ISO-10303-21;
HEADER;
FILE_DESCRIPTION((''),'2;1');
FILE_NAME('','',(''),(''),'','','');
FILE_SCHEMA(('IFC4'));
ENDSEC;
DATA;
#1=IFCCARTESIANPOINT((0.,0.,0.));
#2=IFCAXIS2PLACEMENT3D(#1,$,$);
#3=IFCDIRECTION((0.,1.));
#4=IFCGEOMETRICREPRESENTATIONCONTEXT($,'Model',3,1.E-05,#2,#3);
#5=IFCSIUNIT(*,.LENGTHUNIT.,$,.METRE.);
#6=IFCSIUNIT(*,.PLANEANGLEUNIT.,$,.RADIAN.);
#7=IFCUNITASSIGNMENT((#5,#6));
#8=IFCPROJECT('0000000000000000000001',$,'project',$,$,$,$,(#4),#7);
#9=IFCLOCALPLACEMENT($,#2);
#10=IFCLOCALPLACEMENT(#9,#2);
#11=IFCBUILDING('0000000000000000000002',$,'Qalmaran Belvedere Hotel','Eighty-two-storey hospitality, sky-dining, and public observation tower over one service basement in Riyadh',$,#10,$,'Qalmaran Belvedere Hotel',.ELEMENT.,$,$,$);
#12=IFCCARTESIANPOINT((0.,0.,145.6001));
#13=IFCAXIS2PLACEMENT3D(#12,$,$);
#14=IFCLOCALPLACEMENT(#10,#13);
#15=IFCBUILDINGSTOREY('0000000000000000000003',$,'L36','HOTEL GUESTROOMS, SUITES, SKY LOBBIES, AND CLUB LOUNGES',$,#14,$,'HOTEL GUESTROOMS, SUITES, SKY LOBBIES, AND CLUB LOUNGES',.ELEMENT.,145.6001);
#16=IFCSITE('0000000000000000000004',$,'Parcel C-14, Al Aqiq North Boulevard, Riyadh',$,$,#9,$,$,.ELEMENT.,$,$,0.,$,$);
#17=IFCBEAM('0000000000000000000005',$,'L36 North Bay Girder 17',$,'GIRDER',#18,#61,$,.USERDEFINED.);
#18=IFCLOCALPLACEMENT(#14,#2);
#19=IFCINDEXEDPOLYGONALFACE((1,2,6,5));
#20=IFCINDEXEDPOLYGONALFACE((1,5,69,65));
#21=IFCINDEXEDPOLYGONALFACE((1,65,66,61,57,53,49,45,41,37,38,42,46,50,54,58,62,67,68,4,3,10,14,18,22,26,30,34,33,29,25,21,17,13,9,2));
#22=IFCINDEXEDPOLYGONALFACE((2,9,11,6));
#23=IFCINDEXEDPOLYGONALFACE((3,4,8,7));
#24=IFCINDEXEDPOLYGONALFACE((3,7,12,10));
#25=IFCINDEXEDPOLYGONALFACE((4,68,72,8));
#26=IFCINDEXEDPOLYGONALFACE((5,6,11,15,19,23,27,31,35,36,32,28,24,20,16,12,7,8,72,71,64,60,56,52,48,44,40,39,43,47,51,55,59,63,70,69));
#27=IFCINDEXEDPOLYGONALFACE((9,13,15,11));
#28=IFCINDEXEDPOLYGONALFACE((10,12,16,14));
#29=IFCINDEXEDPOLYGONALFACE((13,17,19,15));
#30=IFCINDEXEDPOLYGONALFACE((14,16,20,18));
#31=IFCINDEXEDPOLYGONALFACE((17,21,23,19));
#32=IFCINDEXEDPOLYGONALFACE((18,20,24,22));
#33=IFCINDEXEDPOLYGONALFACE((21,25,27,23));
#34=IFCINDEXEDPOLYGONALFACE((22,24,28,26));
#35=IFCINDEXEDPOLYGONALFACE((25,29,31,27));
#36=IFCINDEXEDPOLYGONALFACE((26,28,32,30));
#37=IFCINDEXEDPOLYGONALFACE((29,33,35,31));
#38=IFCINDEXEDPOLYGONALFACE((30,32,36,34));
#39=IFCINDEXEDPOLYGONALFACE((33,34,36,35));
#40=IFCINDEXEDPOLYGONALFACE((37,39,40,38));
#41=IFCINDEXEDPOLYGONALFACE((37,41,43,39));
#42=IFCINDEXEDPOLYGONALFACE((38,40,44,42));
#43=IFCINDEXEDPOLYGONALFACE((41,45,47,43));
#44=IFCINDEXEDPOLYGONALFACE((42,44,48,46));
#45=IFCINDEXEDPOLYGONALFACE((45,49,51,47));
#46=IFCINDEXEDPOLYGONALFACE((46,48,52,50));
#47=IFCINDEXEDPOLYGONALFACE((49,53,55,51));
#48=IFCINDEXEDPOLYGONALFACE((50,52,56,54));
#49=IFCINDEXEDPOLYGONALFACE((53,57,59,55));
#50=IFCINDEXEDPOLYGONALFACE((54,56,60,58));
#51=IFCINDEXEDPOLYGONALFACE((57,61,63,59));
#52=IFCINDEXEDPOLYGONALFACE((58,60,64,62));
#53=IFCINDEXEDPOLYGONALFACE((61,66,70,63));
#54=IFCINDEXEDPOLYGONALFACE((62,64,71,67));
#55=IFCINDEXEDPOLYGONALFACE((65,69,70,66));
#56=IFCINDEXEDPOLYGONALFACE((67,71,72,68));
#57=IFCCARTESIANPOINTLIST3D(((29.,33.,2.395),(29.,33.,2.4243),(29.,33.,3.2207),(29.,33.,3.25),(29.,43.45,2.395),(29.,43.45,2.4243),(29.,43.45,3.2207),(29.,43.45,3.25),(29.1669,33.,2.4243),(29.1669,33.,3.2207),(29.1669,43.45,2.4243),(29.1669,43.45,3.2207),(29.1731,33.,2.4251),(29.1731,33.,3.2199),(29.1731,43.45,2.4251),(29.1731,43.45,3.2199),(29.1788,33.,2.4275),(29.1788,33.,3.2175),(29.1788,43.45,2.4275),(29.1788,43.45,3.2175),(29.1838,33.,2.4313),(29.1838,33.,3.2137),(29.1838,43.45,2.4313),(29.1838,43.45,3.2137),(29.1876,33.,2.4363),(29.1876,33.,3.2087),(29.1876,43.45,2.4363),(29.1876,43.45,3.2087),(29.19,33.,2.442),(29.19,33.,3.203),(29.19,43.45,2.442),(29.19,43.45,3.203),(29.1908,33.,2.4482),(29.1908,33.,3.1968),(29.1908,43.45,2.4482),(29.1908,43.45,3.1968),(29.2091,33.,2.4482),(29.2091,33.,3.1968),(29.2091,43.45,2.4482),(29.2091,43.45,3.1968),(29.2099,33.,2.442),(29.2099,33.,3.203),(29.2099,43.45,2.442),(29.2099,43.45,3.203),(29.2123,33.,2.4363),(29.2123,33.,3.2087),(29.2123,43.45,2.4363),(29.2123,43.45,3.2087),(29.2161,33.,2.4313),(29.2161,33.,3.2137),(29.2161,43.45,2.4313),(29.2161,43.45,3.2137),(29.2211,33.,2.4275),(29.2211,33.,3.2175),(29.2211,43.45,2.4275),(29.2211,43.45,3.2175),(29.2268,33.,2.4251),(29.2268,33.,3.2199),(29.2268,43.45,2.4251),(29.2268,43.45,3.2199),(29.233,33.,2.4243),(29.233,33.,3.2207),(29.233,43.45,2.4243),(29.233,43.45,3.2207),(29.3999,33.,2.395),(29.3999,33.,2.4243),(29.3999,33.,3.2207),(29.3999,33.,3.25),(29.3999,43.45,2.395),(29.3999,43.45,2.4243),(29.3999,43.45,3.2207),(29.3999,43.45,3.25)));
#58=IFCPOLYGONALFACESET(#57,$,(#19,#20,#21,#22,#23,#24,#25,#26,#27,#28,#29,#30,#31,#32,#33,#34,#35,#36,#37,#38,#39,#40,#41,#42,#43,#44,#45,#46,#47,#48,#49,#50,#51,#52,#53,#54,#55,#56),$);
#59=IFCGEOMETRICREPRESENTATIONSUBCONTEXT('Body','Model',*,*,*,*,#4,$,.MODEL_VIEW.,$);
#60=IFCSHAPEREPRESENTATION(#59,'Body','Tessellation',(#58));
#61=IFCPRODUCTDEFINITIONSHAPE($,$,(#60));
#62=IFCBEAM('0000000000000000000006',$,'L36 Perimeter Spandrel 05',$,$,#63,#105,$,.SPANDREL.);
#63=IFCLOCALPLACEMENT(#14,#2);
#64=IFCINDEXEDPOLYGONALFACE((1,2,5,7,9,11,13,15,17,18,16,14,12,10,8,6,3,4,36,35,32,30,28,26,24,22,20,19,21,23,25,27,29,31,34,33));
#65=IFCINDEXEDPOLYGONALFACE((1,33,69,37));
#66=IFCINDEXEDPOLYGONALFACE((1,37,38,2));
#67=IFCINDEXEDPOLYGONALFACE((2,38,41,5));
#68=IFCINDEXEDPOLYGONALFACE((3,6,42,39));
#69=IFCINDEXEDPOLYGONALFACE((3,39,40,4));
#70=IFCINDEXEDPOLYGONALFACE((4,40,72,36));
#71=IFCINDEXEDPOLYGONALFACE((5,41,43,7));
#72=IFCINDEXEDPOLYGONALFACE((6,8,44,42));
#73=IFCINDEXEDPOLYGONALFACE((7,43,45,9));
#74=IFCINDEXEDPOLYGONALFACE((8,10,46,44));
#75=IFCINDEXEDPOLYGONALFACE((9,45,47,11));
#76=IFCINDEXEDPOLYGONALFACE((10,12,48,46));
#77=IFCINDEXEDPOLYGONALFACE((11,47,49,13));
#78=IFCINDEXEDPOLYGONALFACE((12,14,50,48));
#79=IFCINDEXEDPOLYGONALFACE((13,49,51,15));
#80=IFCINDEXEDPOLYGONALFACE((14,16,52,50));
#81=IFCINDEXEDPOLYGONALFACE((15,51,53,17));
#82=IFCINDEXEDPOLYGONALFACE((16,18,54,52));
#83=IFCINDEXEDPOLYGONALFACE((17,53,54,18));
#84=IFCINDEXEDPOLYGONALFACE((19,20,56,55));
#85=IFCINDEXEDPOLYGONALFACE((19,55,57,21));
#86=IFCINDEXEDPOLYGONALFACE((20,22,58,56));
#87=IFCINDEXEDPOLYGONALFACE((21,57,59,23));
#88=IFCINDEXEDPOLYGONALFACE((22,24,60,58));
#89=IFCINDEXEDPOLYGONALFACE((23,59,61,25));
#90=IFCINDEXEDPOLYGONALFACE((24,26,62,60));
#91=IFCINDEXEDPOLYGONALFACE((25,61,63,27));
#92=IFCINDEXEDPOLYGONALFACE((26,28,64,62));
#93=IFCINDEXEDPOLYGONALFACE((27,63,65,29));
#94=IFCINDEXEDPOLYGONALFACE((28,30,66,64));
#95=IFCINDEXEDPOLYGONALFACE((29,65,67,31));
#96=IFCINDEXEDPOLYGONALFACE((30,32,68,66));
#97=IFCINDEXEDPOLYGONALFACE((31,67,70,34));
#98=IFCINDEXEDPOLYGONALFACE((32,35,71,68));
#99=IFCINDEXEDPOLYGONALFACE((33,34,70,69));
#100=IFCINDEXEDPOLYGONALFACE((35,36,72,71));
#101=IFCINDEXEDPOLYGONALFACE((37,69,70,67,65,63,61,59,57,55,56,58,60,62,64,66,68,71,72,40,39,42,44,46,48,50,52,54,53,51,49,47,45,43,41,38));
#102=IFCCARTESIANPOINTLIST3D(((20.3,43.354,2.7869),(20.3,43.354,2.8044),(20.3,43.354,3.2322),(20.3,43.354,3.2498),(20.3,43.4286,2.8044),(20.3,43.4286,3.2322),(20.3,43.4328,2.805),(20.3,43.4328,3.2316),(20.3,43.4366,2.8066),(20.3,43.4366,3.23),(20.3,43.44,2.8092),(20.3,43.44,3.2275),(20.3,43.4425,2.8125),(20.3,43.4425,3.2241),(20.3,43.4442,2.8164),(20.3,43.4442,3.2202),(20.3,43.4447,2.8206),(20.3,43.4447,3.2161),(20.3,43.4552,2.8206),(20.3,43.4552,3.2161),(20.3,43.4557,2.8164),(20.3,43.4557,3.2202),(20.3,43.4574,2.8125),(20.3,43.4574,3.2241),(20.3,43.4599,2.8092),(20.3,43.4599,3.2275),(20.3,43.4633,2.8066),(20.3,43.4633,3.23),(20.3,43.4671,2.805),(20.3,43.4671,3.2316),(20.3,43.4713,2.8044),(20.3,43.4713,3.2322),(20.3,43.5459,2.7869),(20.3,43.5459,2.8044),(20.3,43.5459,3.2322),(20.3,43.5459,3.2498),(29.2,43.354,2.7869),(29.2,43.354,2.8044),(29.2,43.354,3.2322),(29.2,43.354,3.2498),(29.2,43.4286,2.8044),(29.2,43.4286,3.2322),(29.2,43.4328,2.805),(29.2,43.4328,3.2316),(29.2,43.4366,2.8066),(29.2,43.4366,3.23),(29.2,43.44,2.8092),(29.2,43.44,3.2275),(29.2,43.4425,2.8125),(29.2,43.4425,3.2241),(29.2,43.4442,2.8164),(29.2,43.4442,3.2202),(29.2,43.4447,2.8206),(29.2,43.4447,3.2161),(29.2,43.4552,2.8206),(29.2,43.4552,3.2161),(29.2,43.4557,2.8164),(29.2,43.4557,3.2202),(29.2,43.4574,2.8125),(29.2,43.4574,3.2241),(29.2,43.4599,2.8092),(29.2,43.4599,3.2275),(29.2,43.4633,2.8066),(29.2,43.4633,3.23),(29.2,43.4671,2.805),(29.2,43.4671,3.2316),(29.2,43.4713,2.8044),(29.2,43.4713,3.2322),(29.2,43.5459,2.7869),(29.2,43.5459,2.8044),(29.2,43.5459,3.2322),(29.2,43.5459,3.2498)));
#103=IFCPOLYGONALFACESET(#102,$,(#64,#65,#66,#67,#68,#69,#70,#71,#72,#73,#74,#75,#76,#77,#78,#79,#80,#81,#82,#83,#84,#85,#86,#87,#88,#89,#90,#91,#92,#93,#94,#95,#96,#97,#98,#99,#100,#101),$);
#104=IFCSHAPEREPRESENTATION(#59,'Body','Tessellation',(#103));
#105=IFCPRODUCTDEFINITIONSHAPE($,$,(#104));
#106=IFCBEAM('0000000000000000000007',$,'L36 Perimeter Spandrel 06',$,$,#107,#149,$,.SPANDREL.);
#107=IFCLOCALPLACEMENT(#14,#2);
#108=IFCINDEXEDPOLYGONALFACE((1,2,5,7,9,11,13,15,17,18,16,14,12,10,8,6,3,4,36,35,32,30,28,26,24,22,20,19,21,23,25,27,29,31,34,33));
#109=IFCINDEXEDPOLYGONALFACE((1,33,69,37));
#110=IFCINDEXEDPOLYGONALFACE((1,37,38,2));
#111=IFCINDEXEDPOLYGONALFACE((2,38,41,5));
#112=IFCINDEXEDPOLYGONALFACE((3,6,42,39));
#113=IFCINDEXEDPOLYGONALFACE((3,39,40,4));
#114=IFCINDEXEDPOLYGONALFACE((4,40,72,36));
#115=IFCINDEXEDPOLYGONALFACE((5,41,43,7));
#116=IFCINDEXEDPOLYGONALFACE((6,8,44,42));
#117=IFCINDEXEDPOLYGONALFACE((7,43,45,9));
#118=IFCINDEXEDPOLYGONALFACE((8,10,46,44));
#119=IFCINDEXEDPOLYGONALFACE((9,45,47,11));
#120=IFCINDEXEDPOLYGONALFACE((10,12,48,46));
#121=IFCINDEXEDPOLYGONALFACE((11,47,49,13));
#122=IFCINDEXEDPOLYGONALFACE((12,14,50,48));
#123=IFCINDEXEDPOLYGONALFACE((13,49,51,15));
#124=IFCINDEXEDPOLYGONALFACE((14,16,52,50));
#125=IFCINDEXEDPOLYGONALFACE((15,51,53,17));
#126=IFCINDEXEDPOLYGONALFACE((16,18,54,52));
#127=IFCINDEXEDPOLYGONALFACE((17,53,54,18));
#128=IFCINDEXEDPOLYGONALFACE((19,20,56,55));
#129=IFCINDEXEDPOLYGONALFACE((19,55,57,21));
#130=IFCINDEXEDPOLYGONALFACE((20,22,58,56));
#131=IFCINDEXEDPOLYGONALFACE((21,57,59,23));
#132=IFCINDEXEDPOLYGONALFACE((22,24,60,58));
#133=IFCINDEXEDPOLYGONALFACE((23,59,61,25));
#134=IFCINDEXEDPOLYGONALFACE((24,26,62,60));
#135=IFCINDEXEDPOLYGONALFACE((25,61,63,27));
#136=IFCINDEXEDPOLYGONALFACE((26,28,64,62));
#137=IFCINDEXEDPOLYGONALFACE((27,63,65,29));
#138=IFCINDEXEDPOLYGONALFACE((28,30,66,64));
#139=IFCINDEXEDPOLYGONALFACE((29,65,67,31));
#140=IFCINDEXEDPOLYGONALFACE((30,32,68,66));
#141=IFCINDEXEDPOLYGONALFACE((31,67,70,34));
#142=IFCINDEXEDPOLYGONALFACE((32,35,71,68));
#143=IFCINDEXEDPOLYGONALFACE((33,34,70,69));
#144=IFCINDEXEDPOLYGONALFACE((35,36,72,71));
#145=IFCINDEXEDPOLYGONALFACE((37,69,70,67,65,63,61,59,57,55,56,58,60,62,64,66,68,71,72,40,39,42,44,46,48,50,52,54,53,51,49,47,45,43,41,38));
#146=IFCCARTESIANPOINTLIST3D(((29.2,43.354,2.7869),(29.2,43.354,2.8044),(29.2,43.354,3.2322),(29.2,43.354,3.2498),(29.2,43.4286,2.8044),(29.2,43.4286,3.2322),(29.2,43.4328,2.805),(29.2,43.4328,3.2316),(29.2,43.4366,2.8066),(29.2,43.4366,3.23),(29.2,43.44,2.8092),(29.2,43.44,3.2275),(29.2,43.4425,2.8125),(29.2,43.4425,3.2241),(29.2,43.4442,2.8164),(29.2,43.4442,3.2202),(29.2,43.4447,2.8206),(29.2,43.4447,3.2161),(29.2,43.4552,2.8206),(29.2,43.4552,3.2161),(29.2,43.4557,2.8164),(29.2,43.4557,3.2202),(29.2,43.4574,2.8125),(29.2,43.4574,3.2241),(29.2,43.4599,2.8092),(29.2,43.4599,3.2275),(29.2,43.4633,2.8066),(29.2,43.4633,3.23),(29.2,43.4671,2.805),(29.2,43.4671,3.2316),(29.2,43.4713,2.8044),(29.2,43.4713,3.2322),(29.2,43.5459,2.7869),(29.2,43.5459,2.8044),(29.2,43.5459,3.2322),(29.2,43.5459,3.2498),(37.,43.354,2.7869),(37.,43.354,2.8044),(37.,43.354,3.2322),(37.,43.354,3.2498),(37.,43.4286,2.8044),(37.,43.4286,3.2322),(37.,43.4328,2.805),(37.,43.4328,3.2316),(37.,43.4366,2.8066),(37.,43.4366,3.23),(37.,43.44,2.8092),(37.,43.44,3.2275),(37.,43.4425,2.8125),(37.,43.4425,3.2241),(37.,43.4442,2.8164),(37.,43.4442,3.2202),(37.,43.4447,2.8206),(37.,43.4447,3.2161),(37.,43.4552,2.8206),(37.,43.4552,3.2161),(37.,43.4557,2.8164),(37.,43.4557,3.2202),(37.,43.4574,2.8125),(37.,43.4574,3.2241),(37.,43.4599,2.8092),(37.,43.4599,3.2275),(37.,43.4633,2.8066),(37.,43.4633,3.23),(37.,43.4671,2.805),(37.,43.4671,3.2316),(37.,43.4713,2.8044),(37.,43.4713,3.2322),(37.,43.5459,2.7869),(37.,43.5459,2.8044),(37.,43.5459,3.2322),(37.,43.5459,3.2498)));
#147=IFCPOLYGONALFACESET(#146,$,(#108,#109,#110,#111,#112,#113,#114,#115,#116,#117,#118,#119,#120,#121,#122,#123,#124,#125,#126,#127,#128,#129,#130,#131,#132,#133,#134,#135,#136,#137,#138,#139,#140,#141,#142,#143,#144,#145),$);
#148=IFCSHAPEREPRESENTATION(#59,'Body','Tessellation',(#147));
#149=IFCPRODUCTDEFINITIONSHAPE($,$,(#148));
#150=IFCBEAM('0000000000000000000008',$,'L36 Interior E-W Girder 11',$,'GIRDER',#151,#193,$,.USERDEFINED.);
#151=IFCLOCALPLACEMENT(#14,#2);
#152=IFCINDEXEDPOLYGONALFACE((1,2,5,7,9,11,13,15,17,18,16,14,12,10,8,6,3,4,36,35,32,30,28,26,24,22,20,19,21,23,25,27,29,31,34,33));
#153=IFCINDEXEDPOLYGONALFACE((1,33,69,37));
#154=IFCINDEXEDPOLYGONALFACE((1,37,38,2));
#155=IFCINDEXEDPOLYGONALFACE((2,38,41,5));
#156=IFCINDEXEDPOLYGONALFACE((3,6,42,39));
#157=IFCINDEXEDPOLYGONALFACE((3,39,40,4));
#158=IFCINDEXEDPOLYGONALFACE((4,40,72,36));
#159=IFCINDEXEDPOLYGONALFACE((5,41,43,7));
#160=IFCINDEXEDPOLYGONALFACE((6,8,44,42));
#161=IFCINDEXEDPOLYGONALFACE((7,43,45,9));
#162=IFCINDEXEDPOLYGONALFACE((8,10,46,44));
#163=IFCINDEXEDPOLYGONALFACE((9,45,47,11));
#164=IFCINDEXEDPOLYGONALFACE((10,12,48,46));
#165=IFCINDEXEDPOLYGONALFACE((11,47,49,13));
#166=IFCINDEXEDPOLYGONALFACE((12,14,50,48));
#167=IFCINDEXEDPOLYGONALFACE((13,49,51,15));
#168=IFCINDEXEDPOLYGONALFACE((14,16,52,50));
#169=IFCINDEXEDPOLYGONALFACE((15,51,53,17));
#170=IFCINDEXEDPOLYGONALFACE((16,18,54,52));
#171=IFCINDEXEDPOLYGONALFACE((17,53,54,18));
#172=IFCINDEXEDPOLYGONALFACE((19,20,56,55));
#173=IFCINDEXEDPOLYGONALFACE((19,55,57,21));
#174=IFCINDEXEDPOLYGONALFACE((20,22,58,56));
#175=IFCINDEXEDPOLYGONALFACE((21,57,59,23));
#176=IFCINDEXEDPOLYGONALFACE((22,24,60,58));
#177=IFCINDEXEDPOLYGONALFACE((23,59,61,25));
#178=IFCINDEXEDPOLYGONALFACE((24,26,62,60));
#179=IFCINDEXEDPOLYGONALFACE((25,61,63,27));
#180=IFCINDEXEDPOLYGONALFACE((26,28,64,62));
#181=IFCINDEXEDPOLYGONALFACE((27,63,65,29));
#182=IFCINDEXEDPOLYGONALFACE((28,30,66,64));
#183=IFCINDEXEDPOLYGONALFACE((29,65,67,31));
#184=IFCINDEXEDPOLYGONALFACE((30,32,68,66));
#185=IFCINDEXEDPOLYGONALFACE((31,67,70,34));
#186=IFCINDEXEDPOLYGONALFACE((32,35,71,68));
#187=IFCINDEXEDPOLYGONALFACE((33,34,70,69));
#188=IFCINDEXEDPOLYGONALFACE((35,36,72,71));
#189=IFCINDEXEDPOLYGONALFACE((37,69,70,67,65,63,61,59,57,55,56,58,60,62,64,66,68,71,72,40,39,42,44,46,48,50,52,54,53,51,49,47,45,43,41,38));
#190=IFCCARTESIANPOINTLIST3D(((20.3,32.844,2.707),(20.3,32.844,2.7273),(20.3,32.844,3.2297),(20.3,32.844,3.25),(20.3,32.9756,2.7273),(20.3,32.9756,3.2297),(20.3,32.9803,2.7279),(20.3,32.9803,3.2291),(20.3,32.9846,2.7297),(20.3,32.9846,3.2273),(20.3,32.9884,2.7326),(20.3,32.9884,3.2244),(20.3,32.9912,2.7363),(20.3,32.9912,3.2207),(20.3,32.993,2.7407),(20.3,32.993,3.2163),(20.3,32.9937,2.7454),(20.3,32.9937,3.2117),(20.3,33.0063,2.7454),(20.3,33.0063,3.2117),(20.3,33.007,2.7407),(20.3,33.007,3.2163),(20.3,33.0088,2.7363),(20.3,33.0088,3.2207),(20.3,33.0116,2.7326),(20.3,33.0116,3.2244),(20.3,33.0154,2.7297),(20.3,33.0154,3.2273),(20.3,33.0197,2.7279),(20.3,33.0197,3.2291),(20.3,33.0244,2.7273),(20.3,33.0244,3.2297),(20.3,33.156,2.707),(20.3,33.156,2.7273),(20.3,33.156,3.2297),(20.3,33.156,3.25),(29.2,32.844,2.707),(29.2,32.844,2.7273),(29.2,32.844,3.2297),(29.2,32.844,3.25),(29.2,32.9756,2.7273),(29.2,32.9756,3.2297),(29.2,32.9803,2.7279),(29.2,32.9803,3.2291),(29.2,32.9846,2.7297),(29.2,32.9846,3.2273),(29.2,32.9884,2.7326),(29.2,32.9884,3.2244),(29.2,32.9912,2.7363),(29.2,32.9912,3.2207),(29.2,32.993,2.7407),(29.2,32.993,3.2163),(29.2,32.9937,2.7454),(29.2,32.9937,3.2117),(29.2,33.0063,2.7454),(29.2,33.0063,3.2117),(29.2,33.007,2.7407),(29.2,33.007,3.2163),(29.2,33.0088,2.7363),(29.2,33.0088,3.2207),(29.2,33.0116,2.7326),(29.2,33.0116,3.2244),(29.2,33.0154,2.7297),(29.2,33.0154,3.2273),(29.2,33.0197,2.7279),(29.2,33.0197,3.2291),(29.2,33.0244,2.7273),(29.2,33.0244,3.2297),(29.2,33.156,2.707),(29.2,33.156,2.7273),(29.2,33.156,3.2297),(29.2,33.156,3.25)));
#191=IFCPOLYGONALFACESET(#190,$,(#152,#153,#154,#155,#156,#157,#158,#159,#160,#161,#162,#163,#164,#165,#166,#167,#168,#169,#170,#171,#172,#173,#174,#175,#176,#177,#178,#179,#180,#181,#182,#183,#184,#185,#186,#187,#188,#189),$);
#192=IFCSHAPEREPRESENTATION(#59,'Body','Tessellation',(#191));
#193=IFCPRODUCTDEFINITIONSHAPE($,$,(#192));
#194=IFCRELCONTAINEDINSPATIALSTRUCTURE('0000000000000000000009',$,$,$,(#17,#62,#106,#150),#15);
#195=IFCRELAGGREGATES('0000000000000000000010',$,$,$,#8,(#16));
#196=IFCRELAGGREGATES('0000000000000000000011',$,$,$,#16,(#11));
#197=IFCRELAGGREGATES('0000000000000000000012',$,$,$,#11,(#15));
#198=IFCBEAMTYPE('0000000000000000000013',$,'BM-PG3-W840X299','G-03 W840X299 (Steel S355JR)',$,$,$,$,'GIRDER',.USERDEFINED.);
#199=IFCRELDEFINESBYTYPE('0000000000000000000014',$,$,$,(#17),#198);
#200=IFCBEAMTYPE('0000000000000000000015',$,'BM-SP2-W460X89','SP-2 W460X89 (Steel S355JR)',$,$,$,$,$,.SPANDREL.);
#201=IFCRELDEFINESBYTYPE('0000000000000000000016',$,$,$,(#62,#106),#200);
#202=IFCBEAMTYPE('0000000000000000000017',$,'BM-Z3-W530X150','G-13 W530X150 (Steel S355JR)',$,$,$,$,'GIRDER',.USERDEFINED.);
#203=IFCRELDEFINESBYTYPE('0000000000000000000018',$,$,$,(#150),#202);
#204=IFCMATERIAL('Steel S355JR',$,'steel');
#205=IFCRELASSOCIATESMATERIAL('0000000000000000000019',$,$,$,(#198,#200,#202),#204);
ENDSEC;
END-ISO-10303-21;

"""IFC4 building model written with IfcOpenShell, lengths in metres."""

from ifc_helpers import new_model, si_unit, direction, frame, origin, origin_2d, place, context, subcontext, project, spatial, i_section, extrude, material, material_profile, profile_set, type_object, element, save


model = new_model("IFC4")

# Units and contexts
model_context = context("Model", 3, precision=1e-05, world=origin(), true_north=direction((0.0, 1.0)))
body_context = subcontext(model_context, "Body", "Model", "MODEL_VIEW")
ifc_project = project(units=[si_unit("LENGTHUNIT", "METRE"), si_unit("PLANEANGLEUNIT", "RADIAN")], contexts=[model_context])

# Site, building, storey
site_placement = place(None, origin())
site = spatial("IfcSite", under=ifc_project, at=site_placement, Name="Parcel C-14, Al Aqiq North Boulevard, Riyadh", CompositionType="ELEMENT", RefElevation=0.0)
building_placement = place(site_placement, origin())
building = spatial("IfcBuilding", under=site, at=building_placement, Name="Qalmaran Belvedere Hotel", Description="Eighty-two-storey hospitality, sky-dining, and public observation tower over one service basement in Riyadh", LongName="Qalmaran Belvedere Hotel", CompositionType="ELEMENT")
storey_placement = place(building_placement, frame((0.0, 0.0, 145.6001)))
storey = spatial("IfcBuildingStorey", under=building, at=storey_placement, Name="L36", Description="HOTEL GUESTROOMS, SUITES, SKY LOBBIES, AND CLUB LOUNGES", LongName="HOTEL GUESTROOMS, SUITES, SKY LOBBIES, AND CLUB LOUNGES", CompositionType="ELEMENT", Elevation=145.6001)

# Beams
ifc_material_1 = material(Name="Steel S355JR", Category="steel")
ifc_material_profile_1 = material_profile(ifc_material_1, i_section(OverallWidth=0.3999, OverallDepth=0.855, WebThickness=0.0183, FlangeThickness=0.0293, FilletRadius=0.0239, at=origin_2d()), Name="W840X299")
ifc_profile_set_1 = profile_set([ifc_material_profile_1], Name="Steel S355JR")
beam_type_1 = type_object("IfcBeamType", Name="BM-PG3-W840X299", Description="G-03 W840X299 (Steel S355JR)", ElementType="GIRDER", PredefinedType="USERDEFINED", material=ifc_profile_set_1)
for number, where, z_axis, x_axis, name in (
    (1, (29.2, 33.0, 2.8225), (0.0, 1.0, 0.0), (-1.0, 0.0, 0.0), "L36 North Bay Girder 17"),
):
    element("IfcBeam", number, at=place(storey_placement, frame(where, z_axis=z_axis, x_axis=x_axis)), inside=storey, type_object=beam_type_1, Name=name, ObjectType="GIRDER", PredefinedType="USERDEFINED", context=body_context, shape_type="SweptSolid", body=[
        extrude(i_section(OverallWidth=0.3999, OverallDepth=0.855, WebThickness=0.0183, FlangeThickness=0.0293, FilletRadius=0.0239, at=origin_2d()), origin(), (0.0, 0.0, 1.0), 10.45),
    ])
ifc_material_profile_2 = material_profile(ifc_material_1, i_section(OverallWidth=0.1919, OverallDepth=0.4629, WebThickness=0.0105, FlangeThickness=0.0176, FilletRadius=0.0161, at=origin_2d()), Name="W460X89")
ifc_profile_set_2 = profile_set([ifc_material_profile_2], Name="Steel S355JR")
beam_type_2 = type_object("IfcBeamType", Name="BM-SP2-W460X89", Description="SP-2 W460X89 (Steel S355JR)", PredefinedType="SPANDREL", material=ifc_profile_set_2)
beam_1_placement = place(storey_placement, frame((20.3, 43.45, 3.0183), z_axis=(1.0, 0.0, 0.0), x_axis=(0.0, 1.0, 0.0)))
element("IfcBeam", 2, at=beam_1_placement, inside=storey, type_object=beam_type_2, Name="L36 Perimeter Spandrel 05", PredefinedType="SPANDREL", context=body_context, shape_type="SweptSolid", body=[
    extrude(i_section(OverallWidth=0.1919, OverallDepth=0.4629, WebThickness=0.0105, FlangeThickness=0.0176, FilletRadius=0.0161, at=origin_2d()), origin(), (0.0, 0.0, 1.0), 8.8999),
])
beam_2_placement = place(storey_placement, frame((29.2, 43.45, 3.0183), z_axis=(1.0, 0.0, 0.0), x_axis=(0.0, 1.0, 0.0)))
element("IfcBeam", 3, at=beam_2_placement, inside=storey, type_object=beam_type_2, Name="L36 Perimeter Spandrel 06", PredefinedType="SPANDREL", context=body_context, shape_type="SweptSolid", body=[
    extrude(i_section(OverallWidth=0.1919, OverallDepth=0.4629, WebThickness=0.0105, FlangeThickness=0.0176, FilletRadius=0.0161, at=origin_2d()), origin(), (0.0, 0.0, 1.0), 7.8),
])
ifc_material_profile_3 = material_profile(ifc_material_1, i_section(OverallWidth=0.312, OverallDepth=0.543, WebThickness=0.0127, FlangeThickness=0.0203, FilletRadius=0.0181, at=origin_2d()), Name="W530X150")
ifc_profile_set_3 = profile_set([ifc_material_profile_3], Name="Steel S355JR")
beam_type_3 = type_object("IfcBeamType", Name="BM-Z3-W530X150", Description="G-13 W530X150 (Steel S355JR)", ElementType="GIRDER", PredefinedType="USERDEFINED", material=ifc_profile_set_3)
beam_3_placement = place(storey_placement, frame((20.3, 33.0, 2.9785), z_axis=(1.0, 0.0, 0.0), x_axis=(0.0, 1.0, 0.0)))
element("IfcBeam", 4, at=beam_3_placement, inside=storey, type_object=beam_type_3, Name="L36 Interior E-W Girder 11", ObjectType="GIRDER", PredefinedType="USERDEFINED", context=body_context, shape_type="SweptSolid", body=[
    extrude(i_section(OverallWidth=0.312, OverallDepth=0.543, WebThickness=0.0127, FlangeThickness=0.0203, FilletRadius=0.0181, at=origin_2d()), origin(), (0.0, 0.0, 1.0), 8.8999),
])

save(model, "model.ifc")
